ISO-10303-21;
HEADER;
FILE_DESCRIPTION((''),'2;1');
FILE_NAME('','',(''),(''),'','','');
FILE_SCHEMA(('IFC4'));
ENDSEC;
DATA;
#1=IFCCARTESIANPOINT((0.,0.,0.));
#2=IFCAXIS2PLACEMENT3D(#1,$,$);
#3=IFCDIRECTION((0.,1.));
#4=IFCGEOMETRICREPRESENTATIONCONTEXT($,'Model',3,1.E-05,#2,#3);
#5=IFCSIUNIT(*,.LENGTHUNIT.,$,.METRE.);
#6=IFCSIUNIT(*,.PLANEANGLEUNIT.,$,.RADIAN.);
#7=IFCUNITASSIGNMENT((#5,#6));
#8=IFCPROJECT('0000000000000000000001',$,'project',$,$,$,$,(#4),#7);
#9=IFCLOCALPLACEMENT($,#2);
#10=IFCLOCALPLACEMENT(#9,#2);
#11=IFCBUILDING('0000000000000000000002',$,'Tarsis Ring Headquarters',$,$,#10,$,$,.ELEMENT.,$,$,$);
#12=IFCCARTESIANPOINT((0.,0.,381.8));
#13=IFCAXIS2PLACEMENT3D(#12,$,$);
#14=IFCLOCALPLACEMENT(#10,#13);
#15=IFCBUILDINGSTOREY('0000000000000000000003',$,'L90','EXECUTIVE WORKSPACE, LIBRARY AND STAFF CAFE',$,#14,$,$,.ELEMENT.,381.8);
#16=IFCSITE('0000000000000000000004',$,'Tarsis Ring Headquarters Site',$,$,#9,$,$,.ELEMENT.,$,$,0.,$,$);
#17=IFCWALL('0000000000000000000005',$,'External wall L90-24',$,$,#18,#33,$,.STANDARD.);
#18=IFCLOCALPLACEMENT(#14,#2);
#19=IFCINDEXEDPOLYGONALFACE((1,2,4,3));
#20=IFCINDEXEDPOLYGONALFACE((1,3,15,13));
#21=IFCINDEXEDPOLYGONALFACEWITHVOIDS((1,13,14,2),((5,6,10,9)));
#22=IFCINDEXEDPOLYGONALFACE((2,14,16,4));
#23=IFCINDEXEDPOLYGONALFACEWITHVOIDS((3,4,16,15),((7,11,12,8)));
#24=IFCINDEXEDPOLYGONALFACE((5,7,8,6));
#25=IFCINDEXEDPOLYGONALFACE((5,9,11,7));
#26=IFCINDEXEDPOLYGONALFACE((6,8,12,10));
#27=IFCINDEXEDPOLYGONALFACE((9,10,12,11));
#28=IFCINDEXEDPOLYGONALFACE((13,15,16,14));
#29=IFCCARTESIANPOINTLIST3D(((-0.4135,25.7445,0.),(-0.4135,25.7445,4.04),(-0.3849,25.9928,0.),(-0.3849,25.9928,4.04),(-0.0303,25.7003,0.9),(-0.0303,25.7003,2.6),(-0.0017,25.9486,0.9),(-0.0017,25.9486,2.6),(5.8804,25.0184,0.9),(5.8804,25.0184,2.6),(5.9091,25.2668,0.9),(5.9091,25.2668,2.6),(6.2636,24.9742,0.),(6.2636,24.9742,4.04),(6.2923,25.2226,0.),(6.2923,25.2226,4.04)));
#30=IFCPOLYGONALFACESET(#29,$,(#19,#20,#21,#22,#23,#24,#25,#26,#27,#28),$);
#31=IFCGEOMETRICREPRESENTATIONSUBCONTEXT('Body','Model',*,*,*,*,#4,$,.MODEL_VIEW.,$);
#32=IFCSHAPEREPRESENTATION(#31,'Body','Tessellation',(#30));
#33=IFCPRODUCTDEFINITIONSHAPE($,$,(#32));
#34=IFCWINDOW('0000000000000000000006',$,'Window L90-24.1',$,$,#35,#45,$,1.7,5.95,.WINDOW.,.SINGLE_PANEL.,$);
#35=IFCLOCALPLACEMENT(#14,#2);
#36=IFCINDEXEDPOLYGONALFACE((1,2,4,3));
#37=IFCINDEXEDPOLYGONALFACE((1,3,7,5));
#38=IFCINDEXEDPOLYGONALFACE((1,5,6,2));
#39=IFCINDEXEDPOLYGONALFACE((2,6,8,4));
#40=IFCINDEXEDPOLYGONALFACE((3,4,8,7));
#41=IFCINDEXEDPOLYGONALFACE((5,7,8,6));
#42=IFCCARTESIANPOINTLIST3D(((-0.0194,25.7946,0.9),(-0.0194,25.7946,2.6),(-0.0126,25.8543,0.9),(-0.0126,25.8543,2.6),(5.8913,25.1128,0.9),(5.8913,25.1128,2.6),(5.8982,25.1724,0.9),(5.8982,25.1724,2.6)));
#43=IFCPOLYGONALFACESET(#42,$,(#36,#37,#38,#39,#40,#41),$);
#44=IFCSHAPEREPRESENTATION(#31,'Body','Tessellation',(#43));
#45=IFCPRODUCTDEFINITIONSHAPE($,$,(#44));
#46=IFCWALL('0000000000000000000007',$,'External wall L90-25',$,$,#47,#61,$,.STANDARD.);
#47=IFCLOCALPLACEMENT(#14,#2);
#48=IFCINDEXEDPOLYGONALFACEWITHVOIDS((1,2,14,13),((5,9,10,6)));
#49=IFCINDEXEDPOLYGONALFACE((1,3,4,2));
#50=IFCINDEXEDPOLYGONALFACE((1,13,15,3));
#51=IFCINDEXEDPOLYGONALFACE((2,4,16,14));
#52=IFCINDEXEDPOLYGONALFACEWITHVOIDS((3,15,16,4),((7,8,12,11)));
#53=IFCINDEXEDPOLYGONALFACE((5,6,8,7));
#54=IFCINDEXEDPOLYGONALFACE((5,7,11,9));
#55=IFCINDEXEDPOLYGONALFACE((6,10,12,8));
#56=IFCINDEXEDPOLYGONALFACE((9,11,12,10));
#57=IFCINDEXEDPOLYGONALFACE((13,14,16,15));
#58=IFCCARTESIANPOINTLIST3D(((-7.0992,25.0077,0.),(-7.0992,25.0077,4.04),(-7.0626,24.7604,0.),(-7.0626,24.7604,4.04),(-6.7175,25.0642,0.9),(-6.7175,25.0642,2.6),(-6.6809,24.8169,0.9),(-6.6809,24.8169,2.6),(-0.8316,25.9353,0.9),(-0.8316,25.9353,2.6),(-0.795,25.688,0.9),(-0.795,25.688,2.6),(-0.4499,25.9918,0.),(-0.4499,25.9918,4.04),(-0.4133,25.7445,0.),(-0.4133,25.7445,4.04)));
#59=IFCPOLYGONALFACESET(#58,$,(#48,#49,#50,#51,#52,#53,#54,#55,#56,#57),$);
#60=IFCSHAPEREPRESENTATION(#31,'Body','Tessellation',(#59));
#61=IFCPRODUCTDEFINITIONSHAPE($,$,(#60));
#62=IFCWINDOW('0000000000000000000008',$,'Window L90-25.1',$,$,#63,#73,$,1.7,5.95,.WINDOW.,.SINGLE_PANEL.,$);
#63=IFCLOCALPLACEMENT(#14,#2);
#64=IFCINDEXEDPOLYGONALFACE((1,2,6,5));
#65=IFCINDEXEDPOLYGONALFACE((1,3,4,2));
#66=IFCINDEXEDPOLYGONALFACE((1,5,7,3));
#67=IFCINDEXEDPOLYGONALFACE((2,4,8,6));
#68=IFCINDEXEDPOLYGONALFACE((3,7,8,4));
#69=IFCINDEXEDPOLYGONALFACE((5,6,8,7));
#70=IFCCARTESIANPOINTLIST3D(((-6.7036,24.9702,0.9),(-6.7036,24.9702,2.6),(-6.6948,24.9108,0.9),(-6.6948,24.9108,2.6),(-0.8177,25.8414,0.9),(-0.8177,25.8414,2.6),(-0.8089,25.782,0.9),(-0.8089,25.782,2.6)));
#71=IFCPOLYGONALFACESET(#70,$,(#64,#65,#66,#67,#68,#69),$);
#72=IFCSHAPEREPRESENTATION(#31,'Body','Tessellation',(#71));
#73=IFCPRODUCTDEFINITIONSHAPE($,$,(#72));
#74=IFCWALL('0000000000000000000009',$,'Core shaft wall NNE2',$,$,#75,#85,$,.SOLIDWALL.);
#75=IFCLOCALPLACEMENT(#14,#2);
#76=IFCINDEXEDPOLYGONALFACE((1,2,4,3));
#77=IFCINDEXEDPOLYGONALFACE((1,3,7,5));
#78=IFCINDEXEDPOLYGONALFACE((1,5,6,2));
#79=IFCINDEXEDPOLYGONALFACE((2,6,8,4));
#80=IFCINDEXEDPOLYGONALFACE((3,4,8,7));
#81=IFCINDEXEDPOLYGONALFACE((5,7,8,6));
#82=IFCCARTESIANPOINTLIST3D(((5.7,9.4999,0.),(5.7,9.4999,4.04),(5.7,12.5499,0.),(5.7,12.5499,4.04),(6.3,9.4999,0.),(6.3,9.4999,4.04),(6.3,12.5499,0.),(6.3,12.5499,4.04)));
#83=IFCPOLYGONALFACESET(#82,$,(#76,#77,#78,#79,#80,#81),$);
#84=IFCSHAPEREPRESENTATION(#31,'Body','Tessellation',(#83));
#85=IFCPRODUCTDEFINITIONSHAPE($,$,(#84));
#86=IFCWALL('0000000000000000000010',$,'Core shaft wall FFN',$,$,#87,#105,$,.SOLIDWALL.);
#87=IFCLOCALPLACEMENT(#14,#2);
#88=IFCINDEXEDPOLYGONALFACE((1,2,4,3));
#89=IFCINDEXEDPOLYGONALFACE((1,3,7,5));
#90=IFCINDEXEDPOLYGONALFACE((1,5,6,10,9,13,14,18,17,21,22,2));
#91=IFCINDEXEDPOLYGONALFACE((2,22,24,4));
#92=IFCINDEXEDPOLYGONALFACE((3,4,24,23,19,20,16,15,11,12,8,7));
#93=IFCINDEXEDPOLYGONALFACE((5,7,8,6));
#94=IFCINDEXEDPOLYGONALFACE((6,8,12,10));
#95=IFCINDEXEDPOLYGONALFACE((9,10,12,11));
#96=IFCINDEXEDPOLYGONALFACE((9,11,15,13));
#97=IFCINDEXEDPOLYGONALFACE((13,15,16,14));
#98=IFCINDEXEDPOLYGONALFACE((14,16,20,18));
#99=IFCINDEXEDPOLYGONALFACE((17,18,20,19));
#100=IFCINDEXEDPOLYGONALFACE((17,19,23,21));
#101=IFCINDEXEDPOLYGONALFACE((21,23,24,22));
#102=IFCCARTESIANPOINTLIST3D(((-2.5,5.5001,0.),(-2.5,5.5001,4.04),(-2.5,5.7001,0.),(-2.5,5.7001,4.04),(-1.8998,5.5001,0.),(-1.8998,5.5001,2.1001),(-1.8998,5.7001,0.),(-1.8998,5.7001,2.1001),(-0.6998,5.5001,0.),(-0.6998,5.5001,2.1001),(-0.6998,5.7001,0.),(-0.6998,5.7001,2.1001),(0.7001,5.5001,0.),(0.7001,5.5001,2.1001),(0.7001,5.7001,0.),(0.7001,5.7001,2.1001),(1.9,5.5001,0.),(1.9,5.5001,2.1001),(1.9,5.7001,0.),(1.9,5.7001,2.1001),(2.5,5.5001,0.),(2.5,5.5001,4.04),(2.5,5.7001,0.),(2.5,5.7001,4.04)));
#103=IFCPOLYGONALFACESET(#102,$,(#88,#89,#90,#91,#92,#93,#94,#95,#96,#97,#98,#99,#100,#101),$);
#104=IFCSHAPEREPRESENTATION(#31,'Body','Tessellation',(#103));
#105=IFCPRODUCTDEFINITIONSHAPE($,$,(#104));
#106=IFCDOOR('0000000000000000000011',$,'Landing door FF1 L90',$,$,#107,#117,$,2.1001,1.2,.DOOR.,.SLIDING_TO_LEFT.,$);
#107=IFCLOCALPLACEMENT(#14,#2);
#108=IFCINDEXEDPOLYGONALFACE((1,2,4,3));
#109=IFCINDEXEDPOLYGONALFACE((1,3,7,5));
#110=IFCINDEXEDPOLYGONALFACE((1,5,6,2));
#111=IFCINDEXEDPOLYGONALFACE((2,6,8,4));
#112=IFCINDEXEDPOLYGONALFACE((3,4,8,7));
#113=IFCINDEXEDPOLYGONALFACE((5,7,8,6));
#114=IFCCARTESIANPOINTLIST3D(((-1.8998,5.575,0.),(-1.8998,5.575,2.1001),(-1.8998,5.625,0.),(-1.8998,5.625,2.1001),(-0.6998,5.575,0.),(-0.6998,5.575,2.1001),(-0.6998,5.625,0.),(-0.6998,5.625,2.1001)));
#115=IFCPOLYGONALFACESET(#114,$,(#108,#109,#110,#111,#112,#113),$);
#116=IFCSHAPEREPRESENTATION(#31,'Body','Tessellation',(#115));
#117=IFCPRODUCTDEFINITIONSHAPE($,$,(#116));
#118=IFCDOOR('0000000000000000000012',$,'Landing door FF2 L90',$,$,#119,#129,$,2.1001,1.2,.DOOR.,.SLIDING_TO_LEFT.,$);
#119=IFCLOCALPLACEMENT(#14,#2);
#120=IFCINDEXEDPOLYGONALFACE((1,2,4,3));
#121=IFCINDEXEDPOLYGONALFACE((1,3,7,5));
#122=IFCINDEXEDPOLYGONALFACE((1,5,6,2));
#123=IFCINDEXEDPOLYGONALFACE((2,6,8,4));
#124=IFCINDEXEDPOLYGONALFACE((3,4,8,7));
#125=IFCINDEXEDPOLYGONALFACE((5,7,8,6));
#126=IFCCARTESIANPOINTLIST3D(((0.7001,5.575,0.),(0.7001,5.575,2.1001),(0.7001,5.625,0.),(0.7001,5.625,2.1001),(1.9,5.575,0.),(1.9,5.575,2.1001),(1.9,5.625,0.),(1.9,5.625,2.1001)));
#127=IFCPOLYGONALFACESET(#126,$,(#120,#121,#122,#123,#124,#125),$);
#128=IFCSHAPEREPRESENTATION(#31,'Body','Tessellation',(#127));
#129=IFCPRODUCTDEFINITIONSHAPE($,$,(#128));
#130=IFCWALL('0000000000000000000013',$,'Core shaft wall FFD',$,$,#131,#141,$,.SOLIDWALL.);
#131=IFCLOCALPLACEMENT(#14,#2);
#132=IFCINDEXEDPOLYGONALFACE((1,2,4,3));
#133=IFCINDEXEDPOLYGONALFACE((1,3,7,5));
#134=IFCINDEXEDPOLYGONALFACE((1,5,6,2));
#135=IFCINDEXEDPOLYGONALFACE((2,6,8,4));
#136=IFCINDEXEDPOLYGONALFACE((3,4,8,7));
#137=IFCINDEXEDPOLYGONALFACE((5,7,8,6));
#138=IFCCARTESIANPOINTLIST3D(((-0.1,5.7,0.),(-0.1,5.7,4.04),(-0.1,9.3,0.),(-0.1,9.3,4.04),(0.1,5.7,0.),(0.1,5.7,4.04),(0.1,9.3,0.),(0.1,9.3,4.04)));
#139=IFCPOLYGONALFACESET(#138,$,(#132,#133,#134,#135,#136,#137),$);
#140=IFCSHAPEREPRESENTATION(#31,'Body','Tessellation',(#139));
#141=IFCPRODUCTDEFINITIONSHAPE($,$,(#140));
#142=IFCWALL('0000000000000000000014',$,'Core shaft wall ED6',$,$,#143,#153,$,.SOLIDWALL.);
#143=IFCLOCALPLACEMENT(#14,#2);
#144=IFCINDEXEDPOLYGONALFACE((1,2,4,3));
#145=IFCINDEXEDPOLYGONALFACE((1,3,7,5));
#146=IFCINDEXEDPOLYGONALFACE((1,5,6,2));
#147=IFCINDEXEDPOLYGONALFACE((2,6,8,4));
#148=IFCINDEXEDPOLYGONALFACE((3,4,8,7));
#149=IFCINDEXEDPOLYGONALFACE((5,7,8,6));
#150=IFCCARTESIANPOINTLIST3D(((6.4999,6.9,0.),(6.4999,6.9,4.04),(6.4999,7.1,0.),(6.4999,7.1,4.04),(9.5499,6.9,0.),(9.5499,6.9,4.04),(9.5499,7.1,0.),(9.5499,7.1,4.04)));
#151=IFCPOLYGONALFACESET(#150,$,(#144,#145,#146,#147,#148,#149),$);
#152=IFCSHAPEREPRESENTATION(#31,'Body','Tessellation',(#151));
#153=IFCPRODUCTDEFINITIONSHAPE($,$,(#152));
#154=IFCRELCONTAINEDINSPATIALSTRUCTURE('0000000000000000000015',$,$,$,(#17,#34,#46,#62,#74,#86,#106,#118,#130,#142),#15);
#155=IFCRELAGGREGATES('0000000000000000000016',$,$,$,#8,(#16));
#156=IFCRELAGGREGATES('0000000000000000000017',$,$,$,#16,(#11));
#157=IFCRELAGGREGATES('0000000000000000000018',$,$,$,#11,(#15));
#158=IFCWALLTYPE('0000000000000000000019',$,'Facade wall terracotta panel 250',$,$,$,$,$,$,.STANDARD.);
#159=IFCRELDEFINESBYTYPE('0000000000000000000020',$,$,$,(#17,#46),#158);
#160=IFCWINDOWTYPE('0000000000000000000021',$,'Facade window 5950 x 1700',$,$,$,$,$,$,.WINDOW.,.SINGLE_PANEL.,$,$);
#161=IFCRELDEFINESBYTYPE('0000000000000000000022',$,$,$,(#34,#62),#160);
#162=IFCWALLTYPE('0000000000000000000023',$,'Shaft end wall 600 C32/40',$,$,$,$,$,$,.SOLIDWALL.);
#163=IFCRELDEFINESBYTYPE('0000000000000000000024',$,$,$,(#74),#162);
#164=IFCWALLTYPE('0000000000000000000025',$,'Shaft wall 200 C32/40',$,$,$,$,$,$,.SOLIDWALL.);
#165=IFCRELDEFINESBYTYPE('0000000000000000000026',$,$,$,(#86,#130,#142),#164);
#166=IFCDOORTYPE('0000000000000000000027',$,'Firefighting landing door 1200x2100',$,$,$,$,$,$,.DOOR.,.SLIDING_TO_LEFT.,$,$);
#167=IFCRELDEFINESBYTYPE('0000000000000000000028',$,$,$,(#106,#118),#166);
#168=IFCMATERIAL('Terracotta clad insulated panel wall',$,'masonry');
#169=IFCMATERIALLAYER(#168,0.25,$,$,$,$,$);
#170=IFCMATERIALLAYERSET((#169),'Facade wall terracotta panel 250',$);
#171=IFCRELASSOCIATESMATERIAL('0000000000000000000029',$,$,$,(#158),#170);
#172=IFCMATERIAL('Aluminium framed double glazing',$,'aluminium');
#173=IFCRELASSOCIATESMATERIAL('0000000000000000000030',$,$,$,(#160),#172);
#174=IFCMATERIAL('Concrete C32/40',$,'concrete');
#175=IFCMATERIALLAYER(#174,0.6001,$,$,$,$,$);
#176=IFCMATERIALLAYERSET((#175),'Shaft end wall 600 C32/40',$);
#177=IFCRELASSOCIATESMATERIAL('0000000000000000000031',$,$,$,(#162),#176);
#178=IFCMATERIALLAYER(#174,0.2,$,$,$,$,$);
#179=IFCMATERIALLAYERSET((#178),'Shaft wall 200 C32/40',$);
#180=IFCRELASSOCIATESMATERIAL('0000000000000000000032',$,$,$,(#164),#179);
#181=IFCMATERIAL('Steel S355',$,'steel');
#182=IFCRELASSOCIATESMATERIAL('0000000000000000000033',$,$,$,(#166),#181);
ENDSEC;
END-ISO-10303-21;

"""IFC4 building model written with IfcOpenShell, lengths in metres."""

from ifc_helpers import new_model, si_unit, direction, frame, frame_2d, origin, place, context, subcontext, project, spatial, rectangle, extrude, material, layer, layer_set, type_object, element, fill, save


model = new_model("IFC4")

# Units and contexts
model_context = context("Model", 3, precision=1e-05, world=origin(), true_north=direction((0.0, 1.0)))
body_context = subcontext(model_context, "Body", "Model", "MODEL_VIEW")
ifc_project = project(units=[si_unit("LENGTHUNIT", "METRE"), si_unit("PLANEANGLEUNIT", "RADIAN")], contexts=[model_context])

# Site, building, storey
site_placement = place(None, origin())
site = spatial("IfcSite", under=ifc_project, at=site_placement, Name="Tarsis Ring Headquarters Site", CompositionType="ELEMENT", RefElevation=0.0)
building_placement = place(site_placement, origin())
building = spatial("IfcBuilding", under=site, at=building_placement, Name="Tarsis Ring Headquarters", CompositionType="ELEMENT")
storey_placement = place(building_placement, frame((0.0, 0.0, 381.8)))
storey = spatial("IfcBuildingStorey", under=building, at=storey_placement, Name="L90", Description="EXECUTIVE WORKSPACE, LIBRARY AND STAFF CAFE", CompositionType="ELEMENT", Elevation=381.8)

# Walls, openings, windows
ifc_material_1 = material(Name="Terracotta clad insulated panel wall", Category="masonry")
ifc_layer_1 = layer(ifc_material_1, 0.25)
ifc_layer_set_1 = layer_set([ifc_layer_1], Name="Facade wall terracotta panel 250")
wall_type_1 = type_object("IfcWallType", Name="Facade wall terracotta panel 250", PredefinedType="STANDARD", material=ifc_layer_set_1)
wall_1_placement = place(storey_placement, frame((6.2781, 25.0984, 0.0), z_axis=(0.0, 0.0, 1.0), x_axis=(-0.993412, 0.114597, 0.0)))
wall_1 = element("IfcWall", 1, at=wall_1_placement, inside=storey, type_object=wall_type_1, Name="External wall L90-24", PredefinedType="STANDARD", context=body_context, shape_type="SweptSolid", body=[
    extrude(rectangle(XDim=6.7214, YDim=0.25, at=frame_2d((3.3608, 0.0))), origin(), (0.0, 0.0, 1.0), 4.04),
])
opening_1_placement = place(wall_1_placement, frame((0.3857, 0.0, 0.8999)))
opening_1 = element("IfcOpeningElement", 2, at=opening_1_placement, cuts=wall_1, PredefinedType="OPENING", context=body_context, shape_type="SweptSolid", body=[
    extrude(rectangle(XDim=5.95, YDim=1.7, at=frame_2d((2.9751, 0.8501))), frame((0.0, 0.135, 0.0), z_axis=(0.0, -1.0, 0.0), x_axis=(1.0, 0.0, 0.0)), (0.0, 0.0, 1.0), 0.27),
])
ifc_material_2 = material(Name="Aluminium framed double glazing", Category="aluminium")
window_type = type_object("IfcWindowType", Name="Facade window 5950 x 1700", PartitioningType="SINGLE_PANEL", PredefinedType="WINDOW", material=ifc_material_2)
window_1_placement = place(opening_1_placement, origin())
window_1 = element("IfcWindow", 3, at=window_1_placement, inside=storey, type_object=window_type, Name="Window L90-24.1", OverallHeight=1.7, OverallWidth=5.95, PartitioningType="SINGLE_PANEL", PredefinedType="WINDOW", context=body_context, shape_type="SweptSolid", body=[
    extrude(rectangle(XDim=5.95, YDim=1.7, at=frame_2d((2.9751, 0.8501))), frame((0.0, 0.03, 0.0), z_axis=(0.0, -1.0, 0.0), x_axis=(1.0, 0.0, 0.0)), (0.0, 0.0, 1.0), 0.0601),
])
fill(opening_1, window_1)
wall_2_placement = place(storey_placement, frame((-0.4316, 25.8682, 0.0), z_axis=(0.0, 0.0, 1.0), x_axis=(-0.989224, -0.146413, 0.0)))
wall_2 = element("IfcWall", 4, at=wall_2_placement, inside=storey, type_object=wall_type_1, Name="External wall L90-25", PredefinedType="STANDARD", context=body_context, shape_type="SweptSolid", body=[
    extrude(rectangle(XDim=6.7217, YDim=0.25, at=frame_2d((3.3608, 0.0))), origin(), (0.0, 0.0, 1.0), 4.04),
])
opening_2_placement = place(wall_2_placement, frame((0.3857, 0.0, 0.8999)))
opening_2 = element("IfcOpeningElement", 5, at=opening_2_placement, cuts=wall_2, PredefinedType="OPENING", context=body_context, shape_type="SweptSolid", body=[
    extrude(rectangle(XDim=5.95, YDim=1.7, at=frame_2d((2.9751, 0.8501))), frame((0.0, 0.135, 0.0), z_axis=(0.0, -1.0, 0.0), x_axis=(1.0, 0.0, 0.0)), (0.0, 0.0, 1.0), 0.27),
])
window_2_placement = place(opening_2_placement, origin())
window_2 = element("IfcWindow", 6, at=window_2_placement, inside=storey, type_object=window_type, Name="Window L90-25.1", OverallHeight=1.7, OverallWidth=5.95, PartitioningType="SINGLE_PANEL", PredefinedType="WINDOW", context=body_context, shape_type="SweptSolid", body=[
    extrude(rectangle(XDim=5.95, YDim=1.7, at=frame_2d((2.9751, 0.8501))), frame((0.0, 0.03, 0.0), z_axis=(0.0, -1.0, 0.0), x_axis=(1.0, 0.0, 0.0)), (0.0, 0.0, 1.0), 0.0601),
])
fill(opening_2, window_2)

# Wall
ifc_material_3 = material(Name="Concrete C32/40", Category="concrete")
ifc_layer_2 = layer(ifc_material_3, 0.6001)
ifc_layer_set_2 = layer_set([ifc_layer_2], Name="Shaft end wall 600 C32/40")
wall_type_2 = type_object("IfcWallType", Name="Shaft end wall 600 C32/40", PredefinedType="SOLIDWALL", material=ifc_layer_set_2)
wall_3_placement = place(storey_placement, frame((6.0, 9.5, 0.0), z_axis=(0.0, 0.0, 1.0), x_axis=(0.0, 1.0, 0.0)))
element("IfcWall", 7, at=wall_3_placement, inside=storey, type_object=wall_type_2, Name="Core shaft wall NNE2", PredefinedType="SOLIDWALL", context=body_context, shape_type="SweptSolid", body=[
    extrude(rectangle(XDim=3.05, YDim=0.6001, at=frame_2d((1.5249, 0.0))), origin(), (0.0, 0.0, 1.0), 4.04),
])

# Wall, openings, doors
ifc_layer_3 = layer(ifc_material_3, 0.2)
ifc_layer_set_3 = layer_set([ifc_layer_3], Name="Shaft wall 200 C32/40")
wall_type_3 = type_object("IfcWallType", Name="Shaft wall 200 C32/40", PredefinedType="SOLIDWALL", material=ifc_layer_set_3)
wall_4_placement = place(storey_placement, frame((-2.5, 5.6001, 0.0), z_axis=(0.0, 0.0, 1.0), x_axis=(1.0, 0.0, 0.0)))
wall_4 = element("IfcWall", 8, at=wall_4_placement, inside=storey, type_object=wall_type_3, Name="Core shaft wall FFN", PredefinedType="SOLIDWALL", context=body_context, shape_type="SweptSolid", body=[
    extrude(rectangle(XDim=5.0, YDim=0.2, at=frame_2d((2.5, 0.0))), origin(), (0.0, 0.0, 1.0), 4.04),
])
opening_3_placement = place(wall_4_placement, frame((0.6001, 0.0, 0.0)))
opening_3 = element("IfcOpeningElement", 9, at=opening_3_placement, cuts=wall_4, PredefinedType="OPENING", context=body_context, shape_type="SweptSolid", body=[
    extrude(rectangle(XDim=1.2, YDim=2.1001, at=frame_2d((0.6001, 1.05))), frame((0.0, 0.1099, 0.0), z_axis=(0.0, -1.0, 0.0), x_axis=(1.0, 0.0, 0.0)), (0.0, 0.0, 1.0), 0.22),
])
opening_4_placement = place(wall_4_placement, frame((3.2, 0.0, 0.0)))
opening_4 = element("IfcOpeningElement", 10, at=opening_4_placement, cuts=wall_4, PredefinedType="OPENING", context=body_context, shape_type="SweptSolid", body=[
    extrude(rectangle(XDim=1.2, YDim=2.1001, at=frame_2d((0.6001, 1.05))), frame((0.0, 0.1099, 0.0), z_axis=(0.0, -1.0, 0.0), x_axis=(1.0, 0.0, 0.0)), (0.0, 0.0, 1.0), 0.22),
])
ifc_material_4 = material(Name="Steel S355", Category="steel")
door_type = type_object("IfcDoorType", Name="Firefighting landing door 1200x2100", OperationType="SLIDING_TO_LEFT", PredefinedType="DOOR", material=ifc_material_4)
door_1_placement = place(opening_3_placement, origin())
door_1 = element("IfcDoor", 11, at=door_1_placement, inside=storey, type_object=door_type, Name="Landing door FF1 L90", OperationType="SLIDING_TO_LEFT", OverallHeight=2.1001, OverallWidth=1.2, PredefinedType="DOOR", context=body_context, shape_type="SweptSolid", body=[
    extrude(rectangle(XDim=1.2, YDim=2.1001, at=frame_2d((0.6001, 1.05))), frame((0.0, 0.0249, 0.0), z_axis=(0.0, -1.0, 0.0), x_axis=(1.0, 0.0, 0.0)), (0.0, 0.0, 1.0), 0.05),
])
fill(opening_3, door_1)
door_2_placement = place(opening_4_placement, origin())
door_2 = element("IfcDoor", 12, at=door_2_placement, inside=storey, type_object=door_type, Name="Landing door FF2 L90", OperationType="SLIDING_TO_LEFT", OverallHeight=2.1001, OverallWidth=1.2, PredefinedType="DOOR", context=body_context, shape_type="SweptSolid", body=[
    extrude(rectangle(XDim=1.2, YDim=2.1001, at=frame_2d((0.6001, 1.05))), frame((0.0, 0.0249, 0.0), z_axis=(0.0, -1.0, 0.0), x_axis=(1.0, 0.0, 0.0)), (0.0, 0.0, 1.0), 0.05),
])
fill(opening_4, door_2)

# Walls
wall_5_placement = place(storey_placement, frame((0.0, 5.7, 0.0), z_axis=(0.0, 0.0, 1.0), x_axis=(0.0, 1.0, 0.0)))
element("IfcWall", 13, at=wall_5_placement, inside=storey, type_object=wall_type_3, Name="Core shaft wall FFD", PredefinedType="SOLIDWALL", context=body_context, shape_type="SweptSolid", body=[
    extrude(rectangle(XDim=3.6001, YDim=0.2, at=frame_2d((1.8, 0.0))), origin(), (0.0, 0.0, 1.0), 4.04),
])
wall_6_placement = place(storey_placement, frame((6.5, 7.0, 0.0), z_axis=(0.0, 0.0, 1.0), x_axis=(1.0, 0.0, 0.0)))
element("IfcWall", 14, at=wall_6_placement, inside=storey, type_object=wall_type_3, Name="Core shaft wall ED6", PredefinedType="SOLIDWALL", context=body_context, shape_type="SweptSolid", body=[
    extrude(rectangle(XDim=3.05, YDim=0.2, at=frame_2d((1.5249, 0.0))), origin(), (0.0, 0.0, 1.0), 4.04),
])

save(model, "model.ifc")
